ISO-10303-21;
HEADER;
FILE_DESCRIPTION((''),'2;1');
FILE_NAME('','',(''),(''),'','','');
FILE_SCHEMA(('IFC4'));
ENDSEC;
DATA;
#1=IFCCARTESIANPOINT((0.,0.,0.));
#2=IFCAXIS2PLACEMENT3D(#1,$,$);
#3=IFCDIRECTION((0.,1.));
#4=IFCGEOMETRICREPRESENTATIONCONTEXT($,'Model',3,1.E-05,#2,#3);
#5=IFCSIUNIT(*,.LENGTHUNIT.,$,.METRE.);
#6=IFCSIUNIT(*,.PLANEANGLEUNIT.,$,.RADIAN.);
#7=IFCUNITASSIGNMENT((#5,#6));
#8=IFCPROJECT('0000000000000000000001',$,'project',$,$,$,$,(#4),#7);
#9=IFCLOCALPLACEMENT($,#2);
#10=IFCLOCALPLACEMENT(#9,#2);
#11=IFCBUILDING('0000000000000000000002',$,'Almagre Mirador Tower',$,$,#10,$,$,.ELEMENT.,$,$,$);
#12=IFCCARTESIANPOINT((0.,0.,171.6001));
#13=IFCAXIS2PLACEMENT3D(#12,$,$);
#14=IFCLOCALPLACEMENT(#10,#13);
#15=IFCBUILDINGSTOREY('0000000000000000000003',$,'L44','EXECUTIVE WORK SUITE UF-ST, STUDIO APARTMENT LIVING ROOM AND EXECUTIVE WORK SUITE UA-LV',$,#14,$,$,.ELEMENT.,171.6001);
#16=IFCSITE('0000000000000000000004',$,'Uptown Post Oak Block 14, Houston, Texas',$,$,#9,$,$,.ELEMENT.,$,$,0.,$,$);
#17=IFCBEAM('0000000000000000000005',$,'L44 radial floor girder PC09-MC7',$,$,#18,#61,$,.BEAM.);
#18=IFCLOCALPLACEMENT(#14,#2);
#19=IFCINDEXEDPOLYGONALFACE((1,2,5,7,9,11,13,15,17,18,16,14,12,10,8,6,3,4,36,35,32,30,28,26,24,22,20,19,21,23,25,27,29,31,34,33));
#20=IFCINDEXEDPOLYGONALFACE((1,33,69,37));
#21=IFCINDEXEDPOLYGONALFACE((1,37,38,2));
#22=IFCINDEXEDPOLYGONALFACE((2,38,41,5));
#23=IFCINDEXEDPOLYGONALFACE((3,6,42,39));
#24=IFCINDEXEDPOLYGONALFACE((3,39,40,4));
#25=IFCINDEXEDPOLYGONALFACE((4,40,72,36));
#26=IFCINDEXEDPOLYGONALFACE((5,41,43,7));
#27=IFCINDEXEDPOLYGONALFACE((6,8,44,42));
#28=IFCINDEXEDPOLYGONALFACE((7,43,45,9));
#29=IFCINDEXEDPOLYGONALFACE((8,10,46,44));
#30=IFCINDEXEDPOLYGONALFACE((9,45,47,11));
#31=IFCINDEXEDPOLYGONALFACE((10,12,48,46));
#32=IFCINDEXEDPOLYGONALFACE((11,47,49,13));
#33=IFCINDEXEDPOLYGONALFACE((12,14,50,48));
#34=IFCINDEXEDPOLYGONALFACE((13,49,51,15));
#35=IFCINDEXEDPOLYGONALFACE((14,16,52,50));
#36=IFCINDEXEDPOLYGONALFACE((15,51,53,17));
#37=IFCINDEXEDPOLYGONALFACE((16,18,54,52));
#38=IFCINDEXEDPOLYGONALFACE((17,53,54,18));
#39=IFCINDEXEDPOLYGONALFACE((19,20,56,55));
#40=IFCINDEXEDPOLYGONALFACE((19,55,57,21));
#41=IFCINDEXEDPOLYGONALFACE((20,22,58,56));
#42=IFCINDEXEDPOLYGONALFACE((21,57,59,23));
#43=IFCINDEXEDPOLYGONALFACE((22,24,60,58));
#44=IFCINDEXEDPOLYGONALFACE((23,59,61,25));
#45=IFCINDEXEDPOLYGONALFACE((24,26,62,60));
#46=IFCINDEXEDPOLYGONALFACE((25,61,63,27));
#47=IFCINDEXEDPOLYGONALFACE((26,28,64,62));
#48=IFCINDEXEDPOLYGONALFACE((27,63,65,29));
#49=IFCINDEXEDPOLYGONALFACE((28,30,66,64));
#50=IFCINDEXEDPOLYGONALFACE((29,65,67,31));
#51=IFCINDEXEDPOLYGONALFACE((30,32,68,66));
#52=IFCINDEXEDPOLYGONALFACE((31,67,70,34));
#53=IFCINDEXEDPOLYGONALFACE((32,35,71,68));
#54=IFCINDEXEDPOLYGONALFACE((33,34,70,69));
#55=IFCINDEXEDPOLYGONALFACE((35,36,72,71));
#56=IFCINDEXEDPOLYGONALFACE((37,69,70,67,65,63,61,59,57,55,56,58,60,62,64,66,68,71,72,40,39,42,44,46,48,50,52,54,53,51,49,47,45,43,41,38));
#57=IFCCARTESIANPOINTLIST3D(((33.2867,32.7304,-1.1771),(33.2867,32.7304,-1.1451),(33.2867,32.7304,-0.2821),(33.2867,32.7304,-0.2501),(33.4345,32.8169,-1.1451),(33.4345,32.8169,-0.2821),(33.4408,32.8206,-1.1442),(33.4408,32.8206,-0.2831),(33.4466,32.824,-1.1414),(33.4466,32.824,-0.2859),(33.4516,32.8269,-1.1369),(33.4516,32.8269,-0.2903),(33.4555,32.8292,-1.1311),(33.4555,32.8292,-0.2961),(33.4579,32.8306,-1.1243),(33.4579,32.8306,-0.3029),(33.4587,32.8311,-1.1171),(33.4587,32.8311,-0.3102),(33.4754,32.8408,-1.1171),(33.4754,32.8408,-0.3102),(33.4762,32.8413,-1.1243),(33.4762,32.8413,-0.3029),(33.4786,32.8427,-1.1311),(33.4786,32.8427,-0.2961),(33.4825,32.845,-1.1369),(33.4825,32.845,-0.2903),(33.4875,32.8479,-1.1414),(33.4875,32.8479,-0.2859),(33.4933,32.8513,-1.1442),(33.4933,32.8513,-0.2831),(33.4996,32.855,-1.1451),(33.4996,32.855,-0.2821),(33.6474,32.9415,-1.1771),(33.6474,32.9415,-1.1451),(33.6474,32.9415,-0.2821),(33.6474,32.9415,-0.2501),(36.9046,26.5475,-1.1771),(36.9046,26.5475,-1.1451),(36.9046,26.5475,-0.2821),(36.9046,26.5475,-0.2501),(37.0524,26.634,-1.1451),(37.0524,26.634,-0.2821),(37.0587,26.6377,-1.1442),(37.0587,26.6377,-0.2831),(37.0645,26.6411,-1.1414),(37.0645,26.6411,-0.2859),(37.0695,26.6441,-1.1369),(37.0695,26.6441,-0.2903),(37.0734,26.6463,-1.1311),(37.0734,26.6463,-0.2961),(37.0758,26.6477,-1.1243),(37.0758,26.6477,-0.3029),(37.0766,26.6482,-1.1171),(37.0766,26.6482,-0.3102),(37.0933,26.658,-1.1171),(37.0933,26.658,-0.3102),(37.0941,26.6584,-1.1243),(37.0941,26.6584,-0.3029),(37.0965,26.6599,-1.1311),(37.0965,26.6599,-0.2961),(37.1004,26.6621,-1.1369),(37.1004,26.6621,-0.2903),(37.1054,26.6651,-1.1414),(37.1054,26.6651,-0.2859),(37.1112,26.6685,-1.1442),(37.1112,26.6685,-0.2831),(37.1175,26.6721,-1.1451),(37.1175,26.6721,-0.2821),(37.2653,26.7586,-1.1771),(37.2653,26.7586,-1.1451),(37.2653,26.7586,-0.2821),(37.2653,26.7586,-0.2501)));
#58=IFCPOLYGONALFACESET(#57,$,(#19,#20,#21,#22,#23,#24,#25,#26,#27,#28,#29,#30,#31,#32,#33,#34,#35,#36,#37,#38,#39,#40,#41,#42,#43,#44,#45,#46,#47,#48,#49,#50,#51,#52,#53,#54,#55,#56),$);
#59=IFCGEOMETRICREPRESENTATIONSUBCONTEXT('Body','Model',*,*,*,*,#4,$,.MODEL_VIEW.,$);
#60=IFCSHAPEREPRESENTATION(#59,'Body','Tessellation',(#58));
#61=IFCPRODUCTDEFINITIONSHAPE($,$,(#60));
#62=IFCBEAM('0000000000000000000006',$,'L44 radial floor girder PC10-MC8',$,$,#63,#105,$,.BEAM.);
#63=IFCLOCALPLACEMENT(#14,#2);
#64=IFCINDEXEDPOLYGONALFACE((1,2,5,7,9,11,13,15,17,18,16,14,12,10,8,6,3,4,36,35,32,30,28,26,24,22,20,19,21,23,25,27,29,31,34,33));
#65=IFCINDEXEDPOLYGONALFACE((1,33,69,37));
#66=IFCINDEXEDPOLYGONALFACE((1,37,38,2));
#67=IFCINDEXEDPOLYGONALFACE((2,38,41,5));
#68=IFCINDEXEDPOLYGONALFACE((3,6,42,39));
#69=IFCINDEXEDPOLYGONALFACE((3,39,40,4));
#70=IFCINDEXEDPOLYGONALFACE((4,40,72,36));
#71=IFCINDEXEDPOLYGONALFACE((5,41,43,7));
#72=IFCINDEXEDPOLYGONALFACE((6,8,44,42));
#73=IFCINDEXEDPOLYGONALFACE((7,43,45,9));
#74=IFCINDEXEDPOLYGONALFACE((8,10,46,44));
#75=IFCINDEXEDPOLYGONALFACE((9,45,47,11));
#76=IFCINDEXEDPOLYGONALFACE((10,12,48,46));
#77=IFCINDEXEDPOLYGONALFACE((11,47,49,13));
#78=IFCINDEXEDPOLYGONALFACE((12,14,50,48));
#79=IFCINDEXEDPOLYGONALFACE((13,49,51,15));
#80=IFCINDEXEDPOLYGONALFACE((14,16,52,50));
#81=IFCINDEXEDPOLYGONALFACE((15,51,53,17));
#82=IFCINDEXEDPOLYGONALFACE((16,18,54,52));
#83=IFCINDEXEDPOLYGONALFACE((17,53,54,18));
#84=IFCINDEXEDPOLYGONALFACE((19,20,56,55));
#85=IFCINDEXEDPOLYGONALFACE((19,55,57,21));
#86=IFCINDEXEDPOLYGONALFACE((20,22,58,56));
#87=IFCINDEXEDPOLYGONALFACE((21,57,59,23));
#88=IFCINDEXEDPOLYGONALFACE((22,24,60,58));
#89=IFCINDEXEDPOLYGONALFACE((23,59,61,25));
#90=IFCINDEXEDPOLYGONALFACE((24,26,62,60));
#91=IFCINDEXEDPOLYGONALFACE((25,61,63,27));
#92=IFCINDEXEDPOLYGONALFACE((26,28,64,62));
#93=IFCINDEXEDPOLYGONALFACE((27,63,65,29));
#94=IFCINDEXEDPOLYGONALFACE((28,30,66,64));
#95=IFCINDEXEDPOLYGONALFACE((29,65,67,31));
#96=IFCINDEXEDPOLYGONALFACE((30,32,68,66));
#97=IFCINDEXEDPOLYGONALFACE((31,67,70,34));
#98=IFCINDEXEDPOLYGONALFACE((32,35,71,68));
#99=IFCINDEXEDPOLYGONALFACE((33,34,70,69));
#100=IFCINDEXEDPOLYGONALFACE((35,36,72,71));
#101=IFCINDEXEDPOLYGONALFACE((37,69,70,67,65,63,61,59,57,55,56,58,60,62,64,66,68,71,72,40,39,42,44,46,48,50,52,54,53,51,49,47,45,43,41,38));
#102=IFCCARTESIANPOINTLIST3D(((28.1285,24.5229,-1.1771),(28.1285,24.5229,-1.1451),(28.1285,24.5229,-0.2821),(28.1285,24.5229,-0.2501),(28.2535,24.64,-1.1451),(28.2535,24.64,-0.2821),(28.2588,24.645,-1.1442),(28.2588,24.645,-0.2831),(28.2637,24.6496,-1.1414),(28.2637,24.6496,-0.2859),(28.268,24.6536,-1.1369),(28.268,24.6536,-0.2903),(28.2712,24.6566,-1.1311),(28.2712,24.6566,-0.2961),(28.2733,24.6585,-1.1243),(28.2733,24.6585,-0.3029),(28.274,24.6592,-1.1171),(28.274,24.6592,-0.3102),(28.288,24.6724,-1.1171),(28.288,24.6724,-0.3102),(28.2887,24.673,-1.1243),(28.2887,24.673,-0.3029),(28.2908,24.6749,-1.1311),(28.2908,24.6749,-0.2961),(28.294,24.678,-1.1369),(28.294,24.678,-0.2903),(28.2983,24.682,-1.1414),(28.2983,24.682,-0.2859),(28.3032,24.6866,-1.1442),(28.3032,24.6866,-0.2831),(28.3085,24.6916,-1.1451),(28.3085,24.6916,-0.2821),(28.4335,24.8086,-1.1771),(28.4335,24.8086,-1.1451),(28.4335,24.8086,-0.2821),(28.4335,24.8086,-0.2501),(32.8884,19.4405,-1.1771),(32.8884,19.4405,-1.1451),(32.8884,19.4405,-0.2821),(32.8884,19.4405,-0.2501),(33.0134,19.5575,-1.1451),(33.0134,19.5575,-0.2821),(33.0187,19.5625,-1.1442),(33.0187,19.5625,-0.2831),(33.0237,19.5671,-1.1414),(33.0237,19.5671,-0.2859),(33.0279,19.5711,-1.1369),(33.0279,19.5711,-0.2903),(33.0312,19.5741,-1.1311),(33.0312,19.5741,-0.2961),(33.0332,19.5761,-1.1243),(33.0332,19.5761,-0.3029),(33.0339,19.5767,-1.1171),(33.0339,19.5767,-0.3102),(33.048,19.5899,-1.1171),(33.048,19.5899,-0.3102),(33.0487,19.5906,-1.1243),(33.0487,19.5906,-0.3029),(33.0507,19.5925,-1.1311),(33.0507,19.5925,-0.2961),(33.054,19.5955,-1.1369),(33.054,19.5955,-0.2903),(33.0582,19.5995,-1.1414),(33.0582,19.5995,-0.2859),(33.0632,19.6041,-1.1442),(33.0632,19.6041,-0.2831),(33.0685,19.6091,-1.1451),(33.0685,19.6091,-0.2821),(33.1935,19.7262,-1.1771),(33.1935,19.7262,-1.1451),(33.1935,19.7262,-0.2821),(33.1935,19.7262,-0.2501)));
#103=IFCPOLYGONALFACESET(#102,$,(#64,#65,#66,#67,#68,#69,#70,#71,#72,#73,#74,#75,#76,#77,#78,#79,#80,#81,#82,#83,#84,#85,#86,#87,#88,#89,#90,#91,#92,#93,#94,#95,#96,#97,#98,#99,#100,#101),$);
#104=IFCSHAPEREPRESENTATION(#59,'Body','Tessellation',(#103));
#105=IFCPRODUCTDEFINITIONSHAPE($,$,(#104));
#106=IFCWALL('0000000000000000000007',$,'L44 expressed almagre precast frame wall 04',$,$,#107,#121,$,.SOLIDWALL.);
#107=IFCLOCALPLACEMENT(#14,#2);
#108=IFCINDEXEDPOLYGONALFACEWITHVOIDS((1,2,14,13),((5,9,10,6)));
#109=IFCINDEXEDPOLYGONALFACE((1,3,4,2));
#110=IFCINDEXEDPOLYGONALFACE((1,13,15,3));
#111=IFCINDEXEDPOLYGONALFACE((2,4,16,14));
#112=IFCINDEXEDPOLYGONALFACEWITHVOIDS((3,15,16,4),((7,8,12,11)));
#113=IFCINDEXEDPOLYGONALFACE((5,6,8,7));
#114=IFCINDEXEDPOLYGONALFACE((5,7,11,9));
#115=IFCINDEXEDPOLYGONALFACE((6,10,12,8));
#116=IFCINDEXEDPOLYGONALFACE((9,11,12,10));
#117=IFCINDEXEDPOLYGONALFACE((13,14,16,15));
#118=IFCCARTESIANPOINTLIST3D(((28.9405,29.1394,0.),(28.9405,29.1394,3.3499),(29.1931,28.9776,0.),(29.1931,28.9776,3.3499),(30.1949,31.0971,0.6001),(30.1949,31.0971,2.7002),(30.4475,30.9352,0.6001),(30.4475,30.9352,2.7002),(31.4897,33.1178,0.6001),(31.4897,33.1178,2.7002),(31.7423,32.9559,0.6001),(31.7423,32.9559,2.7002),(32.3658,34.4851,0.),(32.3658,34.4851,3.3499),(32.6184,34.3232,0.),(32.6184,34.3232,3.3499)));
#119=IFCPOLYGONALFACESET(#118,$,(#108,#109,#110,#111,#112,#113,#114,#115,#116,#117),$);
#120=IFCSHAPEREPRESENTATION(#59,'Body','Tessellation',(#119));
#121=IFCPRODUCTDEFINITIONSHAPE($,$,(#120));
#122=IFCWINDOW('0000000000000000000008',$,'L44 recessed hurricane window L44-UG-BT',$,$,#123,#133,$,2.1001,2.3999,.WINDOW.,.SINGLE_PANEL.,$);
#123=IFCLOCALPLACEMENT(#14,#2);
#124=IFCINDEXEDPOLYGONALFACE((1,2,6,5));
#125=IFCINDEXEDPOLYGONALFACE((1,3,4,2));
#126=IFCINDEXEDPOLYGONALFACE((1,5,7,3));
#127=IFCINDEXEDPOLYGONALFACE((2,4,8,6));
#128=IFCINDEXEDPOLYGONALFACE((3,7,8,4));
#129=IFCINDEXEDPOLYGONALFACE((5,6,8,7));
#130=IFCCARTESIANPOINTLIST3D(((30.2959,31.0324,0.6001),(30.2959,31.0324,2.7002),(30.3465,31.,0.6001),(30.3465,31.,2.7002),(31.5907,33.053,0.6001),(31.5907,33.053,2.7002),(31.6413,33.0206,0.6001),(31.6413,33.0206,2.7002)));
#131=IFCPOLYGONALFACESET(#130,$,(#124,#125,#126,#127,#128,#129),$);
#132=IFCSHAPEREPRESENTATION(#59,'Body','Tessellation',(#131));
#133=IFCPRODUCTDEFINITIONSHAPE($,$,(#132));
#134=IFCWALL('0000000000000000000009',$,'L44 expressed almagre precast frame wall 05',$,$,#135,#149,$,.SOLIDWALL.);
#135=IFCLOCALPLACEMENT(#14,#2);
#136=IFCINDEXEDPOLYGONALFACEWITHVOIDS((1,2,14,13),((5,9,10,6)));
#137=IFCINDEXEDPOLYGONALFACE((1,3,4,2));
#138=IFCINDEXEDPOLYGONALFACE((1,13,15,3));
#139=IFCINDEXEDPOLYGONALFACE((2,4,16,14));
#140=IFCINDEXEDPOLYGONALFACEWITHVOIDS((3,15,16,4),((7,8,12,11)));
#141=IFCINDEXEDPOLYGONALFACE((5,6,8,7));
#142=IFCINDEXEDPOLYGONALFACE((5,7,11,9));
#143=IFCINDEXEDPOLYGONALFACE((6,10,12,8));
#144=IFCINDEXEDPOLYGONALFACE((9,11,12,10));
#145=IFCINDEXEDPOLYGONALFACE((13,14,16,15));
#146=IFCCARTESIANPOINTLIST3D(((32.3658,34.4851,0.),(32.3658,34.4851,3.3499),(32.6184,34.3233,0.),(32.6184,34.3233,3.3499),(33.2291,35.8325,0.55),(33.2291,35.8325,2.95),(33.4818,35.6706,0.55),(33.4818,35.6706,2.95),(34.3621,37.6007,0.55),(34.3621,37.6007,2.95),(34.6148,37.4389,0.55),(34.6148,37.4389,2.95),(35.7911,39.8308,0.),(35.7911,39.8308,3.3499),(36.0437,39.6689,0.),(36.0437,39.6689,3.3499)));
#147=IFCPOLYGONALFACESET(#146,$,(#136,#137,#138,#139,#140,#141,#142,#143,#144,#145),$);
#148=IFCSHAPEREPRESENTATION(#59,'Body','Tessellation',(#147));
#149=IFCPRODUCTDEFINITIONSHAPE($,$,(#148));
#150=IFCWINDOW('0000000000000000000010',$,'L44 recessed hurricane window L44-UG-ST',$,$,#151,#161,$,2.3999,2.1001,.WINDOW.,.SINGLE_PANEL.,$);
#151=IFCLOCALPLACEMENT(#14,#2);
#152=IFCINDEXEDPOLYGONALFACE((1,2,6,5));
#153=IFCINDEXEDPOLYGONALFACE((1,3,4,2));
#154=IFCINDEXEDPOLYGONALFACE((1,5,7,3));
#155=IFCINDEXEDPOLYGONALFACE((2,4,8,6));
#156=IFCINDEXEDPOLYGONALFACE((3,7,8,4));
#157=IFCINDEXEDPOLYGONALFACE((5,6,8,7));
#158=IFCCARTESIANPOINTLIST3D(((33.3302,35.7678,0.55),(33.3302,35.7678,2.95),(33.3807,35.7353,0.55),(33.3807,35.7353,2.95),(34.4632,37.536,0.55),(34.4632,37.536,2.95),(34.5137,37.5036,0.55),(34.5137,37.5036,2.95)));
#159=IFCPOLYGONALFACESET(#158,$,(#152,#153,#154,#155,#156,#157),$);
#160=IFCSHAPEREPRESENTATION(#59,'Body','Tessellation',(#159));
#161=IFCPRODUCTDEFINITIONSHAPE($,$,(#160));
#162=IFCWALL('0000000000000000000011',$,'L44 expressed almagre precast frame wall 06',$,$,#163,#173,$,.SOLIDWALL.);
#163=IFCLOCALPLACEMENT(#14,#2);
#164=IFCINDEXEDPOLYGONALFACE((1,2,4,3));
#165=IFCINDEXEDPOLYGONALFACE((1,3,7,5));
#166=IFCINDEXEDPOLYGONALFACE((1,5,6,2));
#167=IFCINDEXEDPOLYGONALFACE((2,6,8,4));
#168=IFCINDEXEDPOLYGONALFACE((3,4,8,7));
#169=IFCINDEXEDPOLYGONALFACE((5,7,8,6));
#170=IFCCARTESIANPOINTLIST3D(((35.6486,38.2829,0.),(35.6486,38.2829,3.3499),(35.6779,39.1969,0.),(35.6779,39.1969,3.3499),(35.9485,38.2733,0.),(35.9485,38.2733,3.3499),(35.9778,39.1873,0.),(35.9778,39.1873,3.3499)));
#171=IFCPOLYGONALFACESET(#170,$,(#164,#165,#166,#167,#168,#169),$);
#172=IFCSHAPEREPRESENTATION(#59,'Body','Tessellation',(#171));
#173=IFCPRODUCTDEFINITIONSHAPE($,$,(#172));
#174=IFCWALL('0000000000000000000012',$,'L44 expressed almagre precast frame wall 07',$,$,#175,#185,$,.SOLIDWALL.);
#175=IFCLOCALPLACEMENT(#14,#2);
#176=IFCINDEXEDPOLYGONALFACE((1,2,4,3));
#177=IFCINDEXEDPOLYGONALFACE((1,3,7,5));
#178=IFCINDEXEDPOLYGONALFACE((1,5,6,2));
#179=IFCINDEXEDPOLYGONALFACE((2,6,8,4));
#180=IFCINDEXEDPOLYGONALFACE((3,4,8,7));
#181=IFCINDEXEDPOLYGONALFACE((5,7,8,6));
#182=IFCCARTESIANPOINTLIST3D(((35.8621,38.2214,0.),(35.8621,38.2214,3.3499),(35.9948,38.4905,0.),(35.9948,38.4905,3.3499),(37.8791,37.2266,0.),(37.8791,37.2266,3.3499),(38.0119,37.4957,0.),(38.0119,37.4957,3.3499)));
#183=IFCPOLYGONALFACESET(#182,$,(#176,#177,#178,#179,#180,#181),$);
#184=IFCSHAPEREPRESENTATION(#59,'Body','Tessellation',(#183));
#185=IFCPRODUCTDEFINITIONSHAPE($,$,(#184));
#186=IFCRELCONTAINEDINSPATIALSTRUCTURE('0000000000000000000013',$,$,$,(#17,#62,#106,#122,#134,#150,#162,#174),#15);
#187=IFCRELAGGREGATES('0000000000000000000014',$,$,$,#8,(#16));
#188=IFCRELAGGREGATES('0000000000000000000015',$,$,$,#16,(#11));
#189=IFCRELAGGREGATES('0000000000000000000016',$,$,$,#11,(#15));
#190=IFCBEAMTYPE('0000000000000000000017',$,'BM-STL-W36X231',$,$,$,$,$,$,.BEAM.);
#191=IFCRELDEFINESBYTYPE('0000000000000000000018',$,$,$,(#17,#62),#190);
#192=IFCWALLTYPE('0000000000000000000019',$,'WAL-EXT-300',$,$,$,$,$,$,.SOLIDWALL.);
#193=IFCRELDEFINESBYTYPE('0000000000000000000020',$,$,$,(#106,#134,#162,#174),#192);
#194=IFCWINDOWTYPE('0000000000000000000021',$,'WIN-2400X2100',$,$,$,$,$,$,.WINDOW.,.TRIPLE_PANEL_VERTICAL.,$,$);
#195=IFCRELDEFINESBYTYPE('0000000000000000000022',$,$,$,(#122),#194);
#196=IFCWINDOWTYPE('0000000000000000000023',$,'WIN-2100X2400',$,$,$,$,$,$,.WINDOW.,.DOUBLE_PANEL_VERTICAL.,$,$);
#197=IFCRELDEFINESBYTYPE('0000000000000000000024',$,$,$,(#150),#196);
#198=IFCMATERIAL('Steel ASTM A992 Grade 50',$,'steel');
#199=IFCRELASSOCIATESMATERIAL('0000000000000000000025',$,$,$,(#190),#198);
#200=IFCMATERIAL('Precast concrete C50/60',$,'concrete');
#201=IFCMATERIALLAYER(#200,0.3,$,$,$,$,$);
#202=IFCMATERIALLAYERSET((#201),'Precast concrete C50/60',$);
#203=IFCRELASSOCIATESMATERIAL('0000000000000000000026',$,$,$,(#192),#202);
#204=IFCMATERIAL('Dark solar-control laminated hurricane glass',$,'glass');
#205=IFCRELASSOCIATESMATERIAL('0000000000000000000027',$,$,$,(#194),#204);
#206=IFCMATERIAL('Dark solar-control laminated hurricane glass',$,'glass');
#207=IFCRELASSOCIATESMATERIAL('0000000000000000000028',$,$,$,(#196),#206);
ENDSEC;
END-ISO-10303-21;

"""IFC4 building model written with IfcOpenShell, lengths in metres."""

from ifc_helpers import new_model, si_unit, direction, frame, frame_2d, origin, origin_2d, place, context, subcontext, project, spatial, rectangle, i_section, extrude, material, layer, layer_set, material_profile, profile_set, type_object, element, fill, save


model = new_model("IFC4")

# Units and contexts
model_context = context("Model", 3, precision=1e-05, world=origin(), true_north=direction((0.0, 1.0)))
body_context = subcontext(model_context, "Body", "Model", "MODEL_VIEW")
ifc_project = project(units=[si_unit("LENGTHUNIT", "METRE"), si_unit("PLANEANGLEUNIT", "RADIAN")], contexts=[model_context])

# Site, building, storey
site_placement = place(None, origin())
site = spatial("IfcSite", under=ifc_project, at=site_placement, Name="Uptown Post Oak Block 14, Houston, Texas", CompositionType="ELEMENT", RefElevation=0.0)
building_placement = place(site_placement, origin())
building = spatial("IfcBuilding", under=site, at=building_placement, Name="Almagre Mirador Tower", CompositionType="ELEMENT")
storey_placement = place(building_placement, frame((0.0, 0.0, 171.6001)))
storey = spatial("IfcBuildingStorey", under=building, at=storey_placement, Name="L44", Description="EXECUTIVE WORK SUITE UF-ST, STUDIO APARTMENT LIVING ROOM AND EXECUTIVE WORK SUITE UA-LV", CompositionType="ELEMENT", Elevation=171.6001)

# Beams
ifc_material_1 = material(Name="Steel ASTM A992 Grade 50", Category="steel")
ifc_material_profile_1 = material_profile(ifc_material_1, i_section(OverallWidth=0.418, OverallDepth=0.927, WebThickness=0.0193, FlangeThickness=0.032, FilletRadius=0.0281, at=origin_2d()), Name="W36X231")
ifc_profile_set_1 = profile_set([ifc_material_profile_1], Name="Steel ASTM A992 Grade 50")
beam_type_1 = type_object("IfcBeamType", Name="BM-STL-W36X231", PredefinedType="BEAM", material=ifc_profile_set_1)
beam_1_placement = place(storey_placement, frame((33.467, 32.8359, -0.7136), z_axis=(0.505042, -0.863095, 0.0), x_axis=(0.863095, 0.505042, 0.0)))
element("IfcBeam", 1, at=beam_1_placement, inside=storey, type_object=beam_type_1, Name="L44 radial floor girder PC09-MC7", PredefinedType="BEAM", context=body_context, shape_type="SweptSolid", body=[
    extrude(i_section(OverallWidth=0.418, OverallDepth=0.927, WebThickness=0.0193, FlangeThickness=0.032, FilletRadius=0.0281, at=origin_2d()), origin(), (0.0, 0.0, 1.0), 7.1636),
])
beam_2_placement = place(storey_placement, frame((28.281, 24.6658, -0.7136), z_axis=(0.68357, -0.729885, 0.0), x_axis=(0.729885, 0.68357, 0.0)))
element("IfcBeam", 2, at=beam_2_placement, inside=storey, type_object=beam_type_1, Name="L44 radial floor girder PC10-MC8", PredefinedType="BEAM", context=body_context, shape_type="SweptSolid", body=[
    extrude(i_section(OverallWidth=0.418, OverallDepth=0.927, WebThickness=0.0193, FlangeThickness=0.032, FilletRadius=0.0281, at=origin_2d()), origin(), (0.0, 0.0, 1.0), 6.9634),
])

# Walls, openings, windows
ifc_material_2 = material(Name="Precast concrete C50/60", Category="concrete")
ifc_layer_1 = layer(ifc_material_2, 0.3)
ifc_layer_set_1 = layer_set([ifc_layer_1], Name="Precast concrete C50/60")
wall_type_1 = type_object("IfcWallType", Name="WAL-EXT-300", PredefinedType="SOLIDWALL", material=ifc_layer_set_1)
wall_1_placement = place(storey_placement, frame((29.0669, 29.0586, 0.0), z_axis=(0.0, 0.0, 1.0), x_axis=(0.539505, 0.841982, 0.0)))
wall_1 = element("IfcWall", 3, at=wall_1_placement, inside=storey, type_object=wall_type_1, Name="L44 expressed almagre precast frame wall 04", PredefinedType="SOLIDWALL", context=body_context, shape_type="SweptSolid", body=[
    extrude(rectangle(XDim=6.3489, YDim=0.3, at=frame_2d((3.1743, 0.0))), origin(), (0.0, 0.0, 1.0), 3.3499),
])
opening_1_placement = place(wall_1_placement, frame((2.325, 0.0, 0.6001)))
opening_1 = element("IfcOpeningElement", 4, at=opening_1_placement, cuts=wall_1, PredefinedType="OPENING", context=body_context, shape_type="SweptSolid", body=[
    extrude(rectangle(XDim=2.3999, YDim=2.1001, at=frame_2d((1.2, 1.05))), frame((0.0, 0.1599, 0.0), z_axis=(0.0, -1.0, 0.0), x_axis=(1.0, 0.0, 0.0)), (0.0, 0.0, 1.0), 0.32),
])
ifc_material_3 = material(Name="Dark solar-control laminated hurricane glass", Category="glass")
window_type_1 = type_object("IfcWindowType", Name="WIN-2400X2100", PartitioningType="TRIPLE_PANEL_VERTICAL", PredefinedType="WINDOW", material=ifc_material_3)
window_1_placement = place(opening_1_placement, origin())
window_1 = element("IfcWindow", 5, at=window_1_placement, inside=storey, type_object=window_type_1, Name="L44 recessed hurricane window L44-UG-BT", OverallHeight=2.1001, OverallWidth=2.3999, PartitioningType="SINGLE_PANEL", PredefinedType="WINDOW", context=body_context, shape_type="SweptSolid", body=[
    extrude(rectangle(XDim=2.3999, YDim=2.1001, at=frame_2d((1.2, 1.05))), frame((0.0, 0.03, 0.0), z_axis=(0.0, -1.0, 0.0), x_axis=(1.0, 0.0, 0.0)), (0.0, 0.0, 1.0), 0.0601),
])
fill(opening_1, window_1)
wall_2_placement = place(storey_placement, frame((32.4922, 34.4043, 0.0), z_axis=(0.0, 0.0, 1.0), x_axis=(0.539505, 0.841982, 0.0)))
wall_2 = element("IfcWall", 6, at=wall_2_placement, inside=storey, type_object=wall_type_1, Name="L44 expressed almagre precast frame wall 05", PredefinedType="SOLIDWALL", context=body_context, shape_type="SweptSolid", body=[
    extrude(rectangle(XDim=6.3489, YDim=0.3, at=frame_2d((3.1743, 0.0))), origin(), (0.0, 0.0, 1.0), 3.3499),
])
opening_2_placement = place(wall_2_placement, frame((1.6001, 0.0, 0.55)))
opening_2 = element("IfcOpeningElement", 7, at=opening_2_placement, cuts=wall_2, PredefinedType="OPENING", context=body_context, shape_type="SweptSolid", body=[
    extrude(rectangle(XDim=2.1001, YDim=2.3999, at=frame_2d((1.05, 1.2))), frame((0.0, 0.1599, 0.0), z_axis=(0.0, -1.0, 0.0), x_axis=(1.0, 0.0, 0.0)), (0.0, 0.0, 1.0), 0.32),
])
ifc_material_4 = material(Name="Dark solar-control laminated hurricane glass", Category="glass")
window_type_2 = type_object("IfcWindowType", Name="WIN-2100X2400", PartitioningType="DOUBLE_PANEL_VERTICAL", PredefinedType="WINDOW", material=ifc_material_4)
window_2_placement = place(opening_2_placement, origin())
window_2 = element("IfcWindow", 8, at=window_2_placement, inside=storey, type_object=window_type_2, Name="L44 recessed hurricane window L44-UG-ST", OverallHeight=2.3999, OverallWidth=2.1001, PartitioningType="SINGLE_PANEL", PredefinedType="WINDOW", context=body_context, shape_type="SweptSolid", body=[
    extrude(rectangle(XDim=2.1001, YDim=2.3999, at=frame_2d((1.05, 1.2))), frame((0.0, 0.03, 0.0), z_axis=(0.0, -1.0, 0.0), x_axis=(1.0, 0.0, 0.0)), (0.0, 0.0, 1.0), 0.0601),
])
fill(opening_2, window_2)

# Walls
wall_3_placement = place(storey_placement, frame((35.8279, 39.1921, 0.0), z_axis=(0.0, 0.0, 1.0), x_axis=(-0.032035, -0.999487, 0.0)))
element("IfcWall", 9, at=wall_3_placement, inside=storey, type_object=wall_type_1, Name="L44 expressed almagre precast frame wall 06", PredefinedType="SOLIDWALL", context=body_context, shape_type="SweptSolid", body=[
    extrude(rectangle(XDim=0.9146, YDim=0.3, at=frame_2d((0.4573, 0.0))), origin(), (0.0, 0.0, 1.0), 3.3499),
])
wall_4_placement = place(storey_placement, frame((35.9285, 38.356, 0.0), z_axis=(0.0, 0.0, 1.0), x_axis=(0.896846, -0.442344, 0.0)))
element("IfcWall", 10, at=wall_4_placement, inside=storey, type_object=wall_type_1, Name="L44 expressed almagre precast frame wall 07", PredefinedType="SOLIDWALL", context=body_context, shape_type="SweptSolid", body=[
    extrude(rectangle(XDim=2.249, YDim=0.3, at=frame_2d((1.1245, 0.0))), origin(), (0.0, 0.0, 1.0), 3.3499),
])

save(model, "model.ifc")
